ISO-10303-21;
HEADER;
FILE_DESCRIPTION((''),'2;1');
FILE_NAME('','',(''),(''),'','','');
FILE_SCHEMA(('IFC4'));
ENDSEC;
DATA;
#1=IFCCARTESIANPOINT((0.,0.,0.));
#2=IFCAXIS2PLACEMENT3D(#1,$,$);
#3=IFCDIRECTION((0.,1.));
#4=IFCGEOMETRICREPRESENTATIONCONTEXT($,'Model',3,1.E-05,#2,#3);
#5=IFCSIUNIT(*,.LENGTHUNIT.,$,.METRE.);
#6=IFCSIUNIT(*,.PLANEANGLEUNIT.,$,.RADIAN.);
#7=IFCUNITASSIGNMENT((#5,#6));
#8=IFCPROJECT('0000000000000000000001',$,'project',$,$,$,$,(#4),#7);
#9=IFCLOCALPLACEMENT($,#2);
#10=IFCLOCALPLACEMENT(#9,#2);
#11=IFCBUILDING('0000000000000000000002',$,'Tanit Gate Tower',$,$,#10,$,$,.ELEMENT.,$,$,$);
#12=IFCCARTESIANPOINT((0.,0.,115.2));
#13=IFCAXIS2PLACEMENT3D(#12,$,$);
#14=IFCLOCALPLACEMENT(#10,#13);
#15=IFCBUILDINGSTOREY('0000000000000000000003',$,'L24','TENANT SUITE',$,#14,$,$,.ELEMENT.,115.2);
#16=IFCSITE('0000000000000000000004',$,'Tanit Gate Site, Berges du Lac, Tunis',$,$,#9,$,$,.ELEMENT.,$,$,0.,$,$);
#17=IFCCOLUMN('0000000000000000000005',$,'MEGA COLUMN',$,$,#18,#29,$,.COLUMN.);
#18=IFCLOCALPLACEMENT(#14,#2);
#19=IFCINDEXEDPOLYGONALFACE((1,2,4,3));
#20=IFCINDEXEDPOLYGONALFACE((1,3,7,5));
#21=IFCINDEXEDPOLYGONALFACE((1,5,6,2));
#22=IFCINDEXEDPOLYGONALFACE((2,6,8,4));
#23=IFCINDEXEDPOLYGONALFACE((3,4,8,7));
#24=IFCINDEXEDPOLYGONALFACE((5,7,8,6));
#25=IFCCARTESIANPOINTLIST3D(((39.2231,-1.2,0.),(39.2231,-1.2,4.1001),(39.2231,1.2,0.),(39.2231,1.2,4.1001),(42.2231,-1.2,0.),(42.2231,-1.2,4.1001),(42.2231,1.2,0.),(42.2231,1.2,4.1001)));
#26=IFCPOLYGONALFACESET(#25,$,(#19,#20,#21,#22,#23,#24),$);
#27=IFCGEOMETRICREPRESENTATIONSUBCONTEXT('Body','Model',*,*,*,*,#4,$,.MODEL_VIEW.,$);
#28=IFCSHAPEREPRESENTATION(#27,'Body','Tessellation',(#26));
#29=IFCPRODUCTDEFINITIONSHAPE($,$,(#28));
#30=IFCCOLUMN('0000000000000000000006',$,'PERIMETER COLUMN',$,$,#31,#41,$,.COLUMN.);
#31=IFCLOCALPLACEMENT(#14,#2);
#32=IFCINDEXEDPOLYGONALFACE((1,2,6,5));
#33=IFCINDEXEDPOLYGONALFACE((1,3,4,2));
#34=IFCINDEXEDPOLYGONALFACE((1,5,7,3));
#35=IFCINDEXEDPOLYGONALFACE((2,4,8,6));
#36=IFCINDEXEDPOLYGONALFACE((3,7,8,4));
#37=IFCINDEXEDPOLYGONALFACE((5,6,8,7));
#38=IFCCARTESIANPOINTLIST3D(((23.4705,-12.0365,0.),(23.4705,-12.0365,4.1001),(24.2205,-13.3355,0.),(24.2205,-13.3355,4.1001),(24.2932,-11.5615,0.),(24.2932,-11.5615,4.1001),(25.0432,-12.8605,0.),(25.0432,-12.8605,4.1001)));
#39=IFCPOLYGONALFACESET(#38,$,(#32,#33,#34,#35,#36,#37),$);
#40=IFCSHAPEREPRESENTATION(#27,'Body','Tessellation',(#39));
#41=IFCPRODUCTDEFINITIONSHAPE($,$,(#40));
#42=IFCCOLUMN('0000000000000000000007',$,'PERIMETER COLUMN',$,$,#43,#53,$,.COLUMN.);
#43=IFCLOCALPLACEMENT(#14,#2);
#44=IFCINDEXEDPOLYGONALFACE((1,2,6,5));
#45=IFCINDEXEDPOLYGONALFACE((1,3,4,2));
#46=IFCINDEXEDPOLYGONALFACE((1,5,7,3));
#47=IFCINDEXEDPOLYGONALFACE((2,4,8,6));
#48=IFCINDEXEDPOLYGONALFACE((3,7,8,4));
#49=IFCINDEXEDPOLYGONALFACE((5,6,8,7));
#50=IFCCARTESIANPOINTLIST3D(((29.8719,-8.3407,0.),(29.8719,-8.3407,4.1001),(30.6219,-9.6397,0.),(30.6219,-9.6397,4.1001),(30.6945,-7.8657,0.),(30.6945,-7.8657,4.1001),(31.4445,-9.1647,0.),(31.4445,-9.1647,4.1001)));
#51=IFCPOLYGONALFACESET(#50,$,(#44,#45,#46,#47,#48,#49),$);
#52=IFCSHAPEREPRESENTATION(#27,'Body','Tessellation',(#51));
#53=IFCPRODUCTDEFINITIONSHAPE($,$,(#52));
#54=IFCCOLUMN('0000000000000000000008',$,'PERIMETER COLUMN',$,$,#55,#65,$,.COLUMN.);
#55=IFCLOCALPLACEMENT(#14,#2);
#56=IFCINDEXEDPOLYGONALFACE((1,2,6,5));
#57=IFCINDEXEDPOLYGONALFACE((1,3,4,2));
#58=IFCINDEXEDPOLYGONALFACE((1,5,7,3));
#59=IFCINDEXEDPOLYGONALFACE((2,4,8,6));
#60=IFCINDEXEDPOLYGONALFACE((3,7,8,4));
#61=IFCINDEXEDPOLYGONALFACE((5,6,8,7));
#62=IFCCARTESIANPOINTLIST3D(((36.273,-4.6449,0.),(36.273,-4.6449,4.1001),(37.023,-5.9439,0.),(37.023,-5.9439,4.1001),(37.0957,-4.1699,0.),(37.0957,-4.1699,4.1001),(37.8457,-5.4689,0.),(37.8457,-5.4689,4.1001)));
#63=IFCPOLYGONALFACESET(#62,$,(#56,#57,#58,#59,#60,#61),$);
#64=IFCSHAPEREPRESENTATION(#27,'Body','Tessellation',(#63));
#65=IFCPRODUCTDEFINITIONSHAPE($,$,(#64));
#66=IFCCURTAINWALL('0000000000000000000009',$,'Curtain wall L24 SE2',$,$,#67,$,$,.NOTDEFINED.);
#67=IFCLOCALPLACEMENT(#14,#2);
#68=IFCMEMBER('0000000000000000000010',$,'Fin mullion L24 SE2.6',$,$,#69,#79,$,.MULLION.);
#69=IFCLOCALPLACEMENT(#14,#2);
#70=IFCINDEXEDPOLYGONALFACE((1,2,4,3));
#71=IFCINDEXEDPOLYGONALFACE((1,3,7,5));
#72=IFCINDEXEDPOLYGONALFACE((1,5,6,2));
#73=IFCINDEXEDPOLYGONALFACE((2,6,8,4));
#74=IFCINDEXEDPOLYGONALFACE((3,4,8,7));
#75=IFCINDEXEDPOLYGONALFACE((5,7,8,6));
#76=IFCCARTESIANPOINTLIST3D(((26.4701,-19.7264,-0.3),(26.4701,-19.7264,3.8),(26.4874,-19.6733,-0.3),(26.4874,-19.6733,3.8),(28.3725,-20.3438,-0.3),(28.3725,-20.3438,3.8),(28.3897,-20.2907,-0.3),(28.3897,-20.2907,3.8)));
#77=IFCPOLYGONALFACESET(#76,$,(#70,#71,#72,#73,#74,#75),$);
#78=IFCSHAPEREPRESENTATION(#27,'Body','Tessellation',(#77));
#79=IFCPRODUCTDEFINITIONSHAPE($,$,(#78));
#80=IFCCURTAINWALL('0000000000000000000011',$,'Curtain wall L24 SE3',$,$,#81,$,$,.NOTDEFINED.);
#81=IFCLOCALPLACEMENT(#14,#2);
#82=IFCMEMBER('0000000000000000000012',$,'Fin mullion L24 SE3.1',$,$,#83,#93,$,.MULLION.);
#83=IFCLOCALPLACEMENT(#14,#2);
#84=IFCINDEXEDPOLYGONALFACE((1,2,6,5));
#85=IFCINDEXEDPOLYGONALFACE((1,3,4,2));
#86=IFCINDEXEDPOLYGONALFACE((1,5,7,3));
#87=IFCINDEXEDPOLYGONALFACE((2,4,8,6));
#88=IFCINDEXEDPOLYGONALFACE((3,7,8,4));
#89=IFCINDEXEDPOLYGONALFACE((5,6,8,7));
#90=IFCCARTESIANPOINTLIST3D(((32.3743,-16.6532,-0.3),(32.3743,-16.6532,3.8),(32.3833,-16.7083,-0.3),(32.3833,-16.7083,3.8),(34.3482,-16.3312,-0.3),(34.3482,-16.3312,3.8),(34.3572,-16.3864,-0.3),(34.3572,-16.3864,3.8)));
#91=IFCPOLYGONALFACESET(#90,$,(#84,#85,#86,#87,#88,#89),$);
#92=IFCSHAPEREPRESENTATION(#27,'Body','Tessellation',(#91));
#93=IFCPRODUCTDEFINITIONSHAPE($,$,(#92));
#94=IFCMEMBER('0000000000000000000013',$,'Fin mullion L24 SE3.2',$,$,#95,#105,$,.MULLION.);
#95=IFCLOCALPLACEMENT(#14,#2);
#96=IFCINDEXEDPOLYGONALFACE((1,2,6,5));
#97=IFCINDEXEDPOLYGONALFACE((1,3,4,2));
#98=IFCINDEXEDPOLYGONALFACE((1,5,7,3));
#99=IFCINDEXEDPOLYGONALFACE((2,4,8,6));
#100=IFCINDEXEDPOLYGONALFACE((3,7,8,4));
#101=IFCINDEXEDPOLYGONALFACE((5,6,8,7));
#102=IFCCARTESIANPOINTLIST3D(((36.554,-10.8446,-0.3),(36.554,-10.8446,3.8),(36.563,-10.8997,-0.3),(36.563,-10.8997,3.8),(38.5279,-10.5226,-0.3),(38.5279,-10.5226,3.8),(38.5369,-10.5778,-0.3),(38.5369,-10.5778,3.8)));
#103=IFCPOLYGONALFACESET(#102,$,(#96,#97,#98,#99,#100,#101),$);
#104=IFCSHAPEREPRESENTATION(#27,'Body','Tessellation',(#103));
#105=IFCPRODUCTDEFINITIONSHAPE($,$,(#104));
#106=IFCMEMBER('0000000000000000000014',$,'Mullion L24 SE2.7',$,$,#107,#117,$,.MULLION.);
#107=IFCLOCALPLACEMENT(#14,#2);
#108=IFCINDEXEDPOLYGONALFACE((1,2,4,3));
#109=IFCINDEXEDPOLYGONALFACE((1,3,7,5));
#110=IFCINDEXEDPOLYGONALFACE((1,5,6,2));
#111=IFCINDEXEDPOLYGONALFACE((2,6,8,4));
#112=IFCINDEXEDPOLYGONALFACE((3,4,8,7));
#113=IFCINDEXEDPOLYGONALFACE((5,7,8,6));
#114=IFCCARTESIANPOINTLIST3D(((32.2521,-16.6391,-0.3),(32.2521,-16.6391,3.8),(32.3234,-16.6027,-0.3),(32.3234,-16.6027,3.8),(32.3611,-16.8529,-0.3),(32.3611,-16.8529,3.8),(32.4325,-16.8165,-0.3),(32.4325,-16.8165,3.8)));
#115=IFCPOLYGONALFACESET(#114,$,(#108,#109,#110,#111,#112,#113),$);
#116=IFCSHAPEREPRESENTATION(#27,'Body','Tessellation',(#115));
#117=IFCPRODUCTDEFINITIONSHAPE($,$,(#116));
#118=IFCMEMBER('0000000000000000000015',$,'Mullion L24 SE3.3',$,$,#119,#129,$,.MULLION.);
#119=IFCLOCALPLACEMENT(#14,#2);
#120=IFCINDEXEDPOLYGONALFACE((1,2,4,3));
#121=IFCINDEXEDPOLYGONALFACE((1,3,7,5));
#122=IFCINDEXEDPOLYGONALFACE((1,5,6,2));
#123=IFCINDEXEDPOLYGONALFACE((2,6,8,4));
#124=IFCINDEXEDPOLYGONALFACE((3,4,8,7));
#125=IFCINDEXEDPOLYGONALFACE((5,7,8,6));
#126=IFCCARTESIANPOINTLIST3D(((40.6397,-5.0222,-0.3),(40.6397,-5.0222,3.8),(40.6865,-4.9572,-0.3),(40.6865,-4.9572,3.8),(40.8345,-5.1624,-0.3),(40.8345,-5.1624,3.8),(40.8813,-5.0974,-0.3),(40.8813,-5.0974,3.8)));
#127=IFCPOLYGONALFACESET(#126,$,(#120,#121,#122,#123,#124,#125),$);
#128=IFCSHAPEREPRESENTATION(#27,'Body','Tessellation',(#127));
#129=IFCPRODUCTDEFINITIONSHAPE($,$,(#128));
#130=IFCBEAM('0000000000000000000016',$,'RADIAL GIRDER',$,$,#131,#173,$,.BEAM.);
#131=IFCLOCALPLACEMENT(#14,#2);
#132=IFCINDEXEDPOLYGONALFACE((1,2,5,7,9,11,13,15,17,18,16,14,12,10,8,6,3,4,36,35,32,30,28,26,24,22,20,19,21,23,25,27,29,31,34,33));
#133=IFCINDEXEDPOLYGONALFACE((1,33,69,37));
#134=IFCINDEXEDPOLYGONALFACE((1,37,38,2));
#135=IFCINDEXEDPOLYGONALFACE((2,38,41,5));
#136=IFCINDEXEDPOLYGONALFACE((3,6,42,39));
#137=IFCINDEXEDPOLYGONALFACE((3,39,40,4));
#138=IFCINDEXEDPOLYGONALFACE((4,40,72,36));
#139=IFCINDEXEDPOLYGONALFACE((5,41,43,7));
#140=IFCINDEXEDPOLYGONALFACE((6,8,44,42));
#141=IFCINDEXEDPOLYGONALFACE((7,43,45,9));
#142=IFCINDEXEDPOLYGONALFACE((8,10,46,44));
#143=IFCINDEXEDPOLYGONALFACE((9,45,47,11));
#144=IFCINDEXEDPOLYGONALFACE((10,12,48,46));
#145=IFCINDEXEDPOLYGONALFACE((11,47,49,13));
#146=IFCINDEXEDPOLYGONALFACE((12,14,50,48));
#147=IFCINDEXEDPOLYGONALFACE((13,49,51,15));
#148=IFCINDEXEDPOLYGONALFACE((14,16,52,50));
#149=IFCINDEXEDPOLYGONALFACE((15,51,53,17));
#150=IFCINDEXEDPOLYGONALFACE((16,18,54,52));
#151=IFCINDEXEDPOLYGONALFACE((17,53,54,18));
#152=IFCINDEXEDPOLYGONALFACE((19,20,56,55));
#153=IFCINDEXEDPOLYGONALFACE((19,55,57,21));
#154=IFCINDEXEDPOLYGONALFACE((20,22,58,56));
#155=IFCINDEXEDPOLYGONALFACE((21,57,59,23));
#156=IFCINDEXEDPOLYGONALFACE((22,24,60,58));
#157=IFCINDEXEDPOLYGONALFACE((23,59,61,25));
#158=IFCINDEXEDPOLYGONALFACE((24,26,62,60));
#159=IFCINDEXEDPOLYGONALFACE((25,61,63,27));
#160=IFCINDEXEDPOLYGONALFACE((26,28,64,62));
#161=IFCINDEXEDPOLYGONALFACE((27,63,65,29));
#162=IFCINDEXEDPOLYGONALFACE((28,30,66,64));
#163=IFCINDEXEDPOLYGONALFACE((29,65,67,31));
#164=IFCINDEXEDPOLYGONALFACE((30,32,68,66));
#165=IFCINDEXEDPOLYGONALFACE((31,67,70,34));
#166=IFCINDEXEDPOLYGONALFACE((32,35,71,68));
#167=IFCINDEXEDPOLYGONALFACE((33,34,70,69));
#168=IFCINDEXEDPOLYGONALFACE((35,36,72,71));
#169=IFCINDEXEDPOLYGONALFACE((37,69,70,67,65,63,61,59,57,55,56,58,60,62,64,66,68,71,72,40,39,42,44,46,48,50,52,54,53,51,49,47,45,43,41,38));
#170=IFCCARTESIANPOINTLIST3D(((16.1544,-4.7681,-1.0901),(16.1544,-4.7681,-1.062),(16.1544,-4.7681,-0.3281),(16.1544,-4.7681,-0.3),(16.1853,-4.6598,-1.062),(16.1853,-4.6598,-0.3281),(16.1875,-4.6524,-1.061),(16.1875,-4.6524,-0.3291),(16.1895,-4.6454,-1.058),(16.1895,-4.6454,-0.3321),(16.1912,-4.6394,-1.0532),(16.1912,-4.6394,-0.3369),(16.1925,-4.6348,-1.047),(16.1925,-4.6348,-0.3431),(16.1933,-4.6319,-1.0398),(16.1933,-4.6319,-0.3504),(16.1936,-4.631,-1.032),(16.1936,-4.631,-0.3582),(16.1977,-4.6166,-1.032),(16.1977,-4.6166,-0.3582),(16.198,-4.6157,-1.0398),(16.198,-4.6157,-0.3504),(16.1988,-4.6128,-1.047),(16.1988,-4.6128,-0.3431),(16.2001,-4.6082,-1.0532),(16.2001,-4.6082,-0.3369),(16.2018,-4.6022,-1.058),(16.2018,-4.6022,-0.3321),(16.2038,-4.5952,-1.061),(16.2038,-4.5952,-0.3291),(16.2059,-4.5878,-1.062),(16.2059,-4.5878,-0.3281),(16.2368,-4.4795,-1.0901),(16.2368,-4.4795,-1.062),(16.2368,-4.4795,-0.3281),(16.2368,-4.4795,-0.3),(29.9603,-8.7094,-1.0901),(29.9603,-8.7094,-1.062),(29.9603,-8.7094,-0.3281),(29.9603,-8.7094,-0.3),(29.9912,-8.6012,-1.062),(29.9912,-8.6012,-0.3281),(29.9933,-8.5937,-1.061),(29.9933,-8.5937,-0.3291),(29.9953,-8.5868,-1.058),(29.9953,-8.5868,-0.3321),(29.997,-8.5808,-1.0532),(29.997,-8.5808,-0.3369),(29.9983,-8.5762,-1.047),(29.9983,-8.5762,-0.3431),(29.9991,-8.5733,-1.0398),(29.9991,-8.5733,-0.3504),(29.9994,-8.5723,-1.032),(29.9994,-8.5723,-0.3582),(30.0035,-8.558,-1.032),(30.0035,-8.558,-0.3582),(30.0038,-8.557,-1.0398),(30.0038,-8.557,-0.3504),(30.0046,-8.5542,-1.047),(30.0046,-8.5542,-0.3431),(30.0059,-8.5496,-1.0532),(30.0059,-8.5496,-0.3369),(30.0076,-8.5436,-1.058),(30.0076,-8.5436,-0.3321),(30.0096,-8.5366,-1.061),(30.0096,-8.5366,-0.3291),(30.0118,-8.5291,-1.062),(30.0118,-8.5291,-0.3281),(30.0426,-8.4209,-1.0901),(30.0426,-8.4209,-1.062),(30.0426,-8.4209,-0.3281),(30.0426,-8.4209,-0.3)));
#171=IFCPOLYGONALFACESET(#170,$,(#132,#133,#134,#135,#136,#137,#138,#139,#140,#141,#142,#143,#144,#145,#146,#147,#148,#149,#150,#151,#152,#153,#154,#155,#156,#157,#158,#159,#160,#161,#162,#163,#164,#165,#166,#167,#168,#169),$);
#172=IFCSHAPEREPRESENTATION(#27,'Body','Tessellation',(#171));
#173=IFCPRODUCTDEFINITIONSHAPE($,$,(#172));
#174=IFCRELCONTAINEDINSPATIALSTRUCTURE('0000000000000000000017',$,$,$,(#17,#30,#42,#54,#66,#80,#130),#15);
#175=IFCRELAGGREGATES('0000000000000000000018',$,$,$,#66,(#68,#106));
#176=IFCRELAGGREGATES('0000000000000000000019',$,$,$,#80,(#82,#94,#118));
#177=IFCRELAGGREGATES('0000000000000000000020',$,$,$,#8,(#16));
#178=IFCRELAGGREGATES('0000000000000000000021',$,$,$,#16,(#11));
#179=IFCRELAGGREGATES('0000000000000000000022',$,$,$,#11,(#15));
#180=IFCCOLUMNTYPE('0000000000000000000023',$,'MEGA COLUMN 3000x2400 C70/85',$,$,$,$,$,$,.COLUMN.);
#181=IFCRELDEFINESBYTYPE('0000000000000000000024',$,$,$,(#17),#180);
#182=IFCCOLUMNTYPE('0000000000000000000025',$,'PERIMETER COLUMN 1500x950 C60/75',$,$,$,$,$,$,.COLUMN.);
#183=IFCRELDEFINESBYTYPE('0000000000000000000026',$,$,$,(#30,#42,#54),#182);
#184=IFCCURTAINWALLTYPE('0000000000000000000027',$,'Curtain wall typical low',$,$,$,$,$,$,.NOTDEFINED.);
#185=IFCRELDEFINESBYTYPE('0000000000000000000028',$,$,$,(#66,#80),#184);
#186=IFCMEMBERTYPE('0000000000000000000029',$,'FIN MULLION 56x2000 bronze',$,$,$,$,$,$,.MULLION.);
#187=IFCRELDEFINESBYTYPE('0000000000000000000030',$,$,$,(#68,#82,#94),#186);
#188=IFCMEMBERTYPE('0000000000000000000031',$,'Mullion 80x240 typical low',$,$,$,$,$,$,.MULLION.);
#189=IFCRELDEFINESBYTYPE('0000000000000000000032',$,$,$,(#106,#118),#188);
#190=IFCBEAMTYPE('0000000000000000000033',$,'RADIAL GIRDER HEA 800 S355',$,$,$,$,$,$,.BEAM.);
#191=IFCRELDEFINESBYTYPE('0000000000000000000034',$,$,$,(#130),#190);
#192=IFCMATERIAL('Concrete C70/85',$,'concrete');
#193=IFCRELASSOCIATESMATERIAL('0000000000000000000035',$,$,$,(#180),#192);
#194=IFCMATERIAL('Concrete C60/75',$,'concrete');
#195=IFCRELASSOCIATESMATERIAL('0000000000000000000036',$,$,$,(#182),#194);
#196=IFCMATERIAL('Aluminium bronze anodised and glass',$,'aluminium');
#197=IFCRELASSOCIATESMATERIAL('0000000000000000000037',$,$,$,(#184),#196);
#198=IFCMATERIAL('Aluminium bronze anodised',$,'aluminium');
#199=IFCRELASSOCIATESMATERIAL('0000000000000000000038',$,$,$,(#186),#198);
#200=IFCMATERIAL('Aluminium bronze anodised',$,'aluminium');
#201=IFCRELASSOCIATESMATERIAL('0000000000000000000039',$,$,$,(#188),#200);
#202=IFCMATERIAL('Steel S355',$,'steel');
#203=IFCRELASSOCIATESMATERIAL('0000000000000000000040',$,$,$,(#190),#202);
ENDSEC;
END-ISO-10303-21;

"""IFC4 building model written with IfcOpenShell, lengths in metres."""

from ifc_helpers import new_model, si_unit, direction, frame, origin, origin_2d, place, context, subcontext, project, spatial, rectangle, i_section, extrude, material, material_profile, profile_set, type_object, element, aggregate, save


model = new_model("IFC4")

# Units and contexts
model_context = context("Model", 3, precision=1e-05, world=origin(), true_north=direction((0.0, 1.0)))
body_context = subcontext(model_context, "Body", "Model", "MODEL_VIEW")
ifc_project = project(units=[si_unit("LENGTHUNIT", "METRE"), si_unit("PLANEANGLEUNIT", "RADIAN")], contexts=[model_context])

# Site, building, storey
site_placement = place(None, origin())
site = spatial("IfcSite", under=ifc_project, at=site_placement, Name="Tanit Gate Site, Berges du Lac, Tunis", CompositionType="ELEMENT", RefElevation=0.0)
building_placement = place(site_placement, origin())
building = spatial("IfcBuilding", under=site, at=building_placement, Name="Tanit Gate Tower", CompositionType="ELEMENT")
storey_placement = place(building_placement, frame((0.0, 0.0, 115.2)))
storey = spatial("IfcBuildingStorey", under=building, at=storey_placement, Name="L24", Description="TENANT SUITE", CompositionType="ELEMENT", Elevation=115.2)

# Columns
ifc_material_1 = material(Name="Concrete C70/85", Category="concrete")
ifc_material_profile_1 = material_profile(ifc_material_1, rectangle(XDim=3.0, YDim=2.3999, at=origin_2d()), Name="RC 3000x2400")
ifc_profile_set_1 = profile_set([ifc_material_profile_1], Name="Concrete C70/85")
column_type_1 = type_object("IfcColumnType", Name="MEGA COLUMN 3000x2400 C70/85", PredefinedType="COLUMN", material=ifc_profile_set_1)
column_placement = place(storey_placement, frame((40.7231, 0.0, 0.0), z_axis=(0.0, 0.0, 1.0), x_axis=(1.0, 0.0, 0.0)))
element("IfcColumn", 1, at=column_placement, inside=storey, type_object=column_type_1, Name="MEGA COLUMN", PredefinedType="COLUMN", context=body_context, shape_type="SweptSolid", body=[
    extrude(rectangle(XDim=3.0, YDim=2.3999, at=origin_2d()), origin(), (0.0, 0.0, 1.0), 4.1001),
])
ifc_material_2 = material(Name="Concrete C60/75", Category="concrete")
ifc_material_profile_2 = material_profile(ifc_material_2, rectangle(XDim=1.5, YDim=0.95, at=origin_2d()), Name="RC 1500x950")
ifc_profile_set_2 = profile_set([ifc_material_profile_2], Name="Concrete C60/75")
column_type_2 = type_object("IfcColumnType", Name="PERIMETER COLUMN 1500x950 C60/75", PredefinedType="COLUMN", material=ifc_profile_set_2)
for number, where, z_axis, x_axis, name in (
    (2, (24.2568, -12.4485, 0.0), (0.0, 0.0, 1.0), (0.5, -0.866025, 0.0), "PERIMETER COLUMN"),
    (3, (30.6582, -8.7527, 0.0), (0.0, 0.0, 1.0), (0.5, -0.866025, 0.0), "PERIMETER COLUMN"),
    (4, (37.0593, -5.0569, 0.0), (0.0, 0.0, 1.0), (0.5, -0.866025, 0.0), "PERIMETER COLUMN"),
):
    element("IfcColumn", number, at=place(storey_placement, frame(where, z_axis=z_axis, x_axis=x_axis)), inside=storey, type_object=column_type_2, Name=name, PredefinedType="COLUMN", context=body_context, shape_type="SweptSolid", body=[
        extrude(rectangle(XDim=1.5, YDim=0.95, at=origin_2d()), origin(), (0.0, 0.0, 1.0), 4.1001),
    ])

# Curtain wall, member
ifc_material_3 = material(Name="Aluminium bronze anodised and glass", Category="aluminium")
curtain_wall_type = type_object("IfcCurtainWallType", Name="Curtain wall typical low", PredefinedType="NOTDEFINED", material=ifc_material_3)
curtain_wall_1_placement = place(storey_placement, origin())
curtain_wall_1 = element("IfcCurtainWall", 5, at=curtain_wall_1_placement, inside=storey, type_object=curtain_wall_type, Name="Curtain wall L24 SE2", PredefinedType="NOTDEFINED")
ifc_material_4 = material(Name="Aluminium bronze anodised", Category="aluminium")
ifc_material_profile_3 = material_profile(ifc_material_4, rectangle(XDim=2.0, YDim=0.0559, at=origin_2d()), Name="56x2000 bronze fin mullion")
ifc_profile_set_3 = profile_set([ifc_material_profile_3], Name="Aluminium bronze anodised")
member_type_1 = type_object("IfcMemberType", Name="FIN MULLION 56x2000 bronze", PredefinedType="MULLION", material=ifc_profile_set_3)
member_1_placement = place(storey_placement, frame((27.4299, -20.0085, -0.3), z_axis=(0.0, 0.0, 1.0), x_axis=(-0.95116, 0.3087, 0.0)))
member_1 = element("IfcMember", 6, at=member_1_placement, type_object=member_type_1, Name="Fin mullion L24 SE2.6", PredefinedType="MULLION", context=body_context, shape_type="SweptSolid", body=[
    extrude(rectangle(XDim=2.0, YDim=0.0559, at=origin_2d()), origin(), (0.0, 0.0, 1.0), 4.1001),
])

# Curtain wall, members
curtain_wall_2_placement = place(storey_placement, origin())
curtain_wall_2 = element("IfcCurtainWall", 7, at=curtain_wall_2_placement, inside=storey, type_object=curtain_wall_type, Name="Curtain wall L24 SE3", PredefinedType="NOTDEFINED")
member_2_placement = place(storey_placement, frame((33.3657, -16.5198, -0.3), z_axis=(0.0, 0.0, 1.0), x_axis=(-0.986959, -0.160969, 0.0)))
member_2 = element("IfcMember", 8, at=member_2_placement, type_object=member_type_1, Name="Fin mullion L24 SE3.1", PredefinedType="MULLION", context=body_context, shape_type="SweptSolid", body=[
    extrude(rectangle(XDim=2.0, YDim=0.0559, at=origin_2d()), origin(), (0.0, 0.0, 1.0), 4.1001),
])
member_3_placement = place(storey_placement, frame((37.5454, -10.7112, -0.3), z_axis=(0.0, 0.0, 1.0), x_axis=(-0.986959, -0.160969, 0.0)))
member_3 = element("IfcMember", 9, at=member_3_placement, type_object=member_type_1, Name="Fin mullion L24 SE3.2", PredefinedType="MULLION", context=body_context, shape_type="SweptSolid", body=[
    extrude(rectangle(XDim=2.0, YDim=0.0559, at=origin_2d()), origin(), (0.0, 0.0, 1.0), 4.1001),
])

# Members
ifc_material_5 = material(Name="Aluminium bronze anodised", Category="aluminium")
ifc_material_profile_4 = material_profile(ifc_material_5, rectangle(XDim=0.24, YDim=0.0801, at=origin_2d()), Name="80x240 bronze mullion")
ifc_profile_set_4 = profile_set([ifc_material_profile_4], Name="Aluminium bronze anodised")
member_type_2 = type_object("IfcMemberType", Name="Mullion 80x240 typical low", PredefinedType="MULLION", material=ifc_profile_set_4)
member_4_placement = place(storey_placement, frame((32.3423, -16.7278, -0.3), z_axis=(0.0, 0.0, 1.0), x_axis=(-0.454288, 0.890855, 0.0)))
member_4 = element("IfcMember", 10, at=member_4_placement, type_object=member_type_2, Name="Mullion L24 SE2.7", PredefinedType="MULLION", context=body_context, shape_type="SweptSolid", body=[
    extrude(rectangle(XDim=0.24, YDim=0.0801, at=origin_2d()), origin(), (0.0, 0.0, 1.0), 4.1001),
])
member_5_placement = place(storey_placement, frame((40.7605, -5.0598, -0.3), z_axis=(0.0, 0.0, 1.0), x_axis=(-0.811708, 0.584063, 0.0)))
member_5 = element("IfcMember", 11, at=member_5_placement, type_object=member_type_2, Name="Mullion L24 SE3.3", PredefinedType="MULLION", context=body_context, shape_type="SweptSolid", body=[
    extrude(rectangle(XDim=0.24, YDim=0.0801, at=origin_2d()), origin(), (0.0, 0.0, 1.0), 4.1001),
])

# Beam
ifc_material_6 = material(Name="Steel S355", Category="steel")
ifc_material_profile_5 = material_profile(ifc_material_6, i_section(OverallWidth=0.3, OverallDepth=0.79, WebThickness=0.0149, FlangeThickness=0.0281, FilletRadius=0.03, at=origin_2d()), Name="HEA 800")
ifc_profile_set_5 = profile_set([ifc_material_profile_5], Name="Steel S355")
beam_type_1 = type_object("IfcBeamType", Name="RADIAL GIRDER HEA 800 S355", PredefinedType="BEAM", material=ifc_profile_set_5)
beam_1_placement = place(storey_placement, frame((30.0015, -8.5652, -0.6951), z_axis=(-0.961582, 0.274519, 0.0), x_axis=(-0.274519, -0.961582, 0.0)))
element("IfcBeam", 12, at=beam_1_placement, inside=storey, type_object=beam_type_1, Name="RADIAL GIRDER", PredefinedType="BEAM", context=body_context, shape_type="SweptSolid", body=[
    extrude(i_section(OverallWidth=0.3, OverallDepth=0.79, WebThickness=0.0149, FlangeThickness=0.0281, FilletRadius=0.03, at=origin_2d()), origin(), (0.0, 0.0, 1.0), 14.3574),
])

aggregate(curtain_wall_1, [member_1, member_4])
aggregate(curtain_wall_2, [member_2, member_3, member_5])

save(model, "model.ifc")
